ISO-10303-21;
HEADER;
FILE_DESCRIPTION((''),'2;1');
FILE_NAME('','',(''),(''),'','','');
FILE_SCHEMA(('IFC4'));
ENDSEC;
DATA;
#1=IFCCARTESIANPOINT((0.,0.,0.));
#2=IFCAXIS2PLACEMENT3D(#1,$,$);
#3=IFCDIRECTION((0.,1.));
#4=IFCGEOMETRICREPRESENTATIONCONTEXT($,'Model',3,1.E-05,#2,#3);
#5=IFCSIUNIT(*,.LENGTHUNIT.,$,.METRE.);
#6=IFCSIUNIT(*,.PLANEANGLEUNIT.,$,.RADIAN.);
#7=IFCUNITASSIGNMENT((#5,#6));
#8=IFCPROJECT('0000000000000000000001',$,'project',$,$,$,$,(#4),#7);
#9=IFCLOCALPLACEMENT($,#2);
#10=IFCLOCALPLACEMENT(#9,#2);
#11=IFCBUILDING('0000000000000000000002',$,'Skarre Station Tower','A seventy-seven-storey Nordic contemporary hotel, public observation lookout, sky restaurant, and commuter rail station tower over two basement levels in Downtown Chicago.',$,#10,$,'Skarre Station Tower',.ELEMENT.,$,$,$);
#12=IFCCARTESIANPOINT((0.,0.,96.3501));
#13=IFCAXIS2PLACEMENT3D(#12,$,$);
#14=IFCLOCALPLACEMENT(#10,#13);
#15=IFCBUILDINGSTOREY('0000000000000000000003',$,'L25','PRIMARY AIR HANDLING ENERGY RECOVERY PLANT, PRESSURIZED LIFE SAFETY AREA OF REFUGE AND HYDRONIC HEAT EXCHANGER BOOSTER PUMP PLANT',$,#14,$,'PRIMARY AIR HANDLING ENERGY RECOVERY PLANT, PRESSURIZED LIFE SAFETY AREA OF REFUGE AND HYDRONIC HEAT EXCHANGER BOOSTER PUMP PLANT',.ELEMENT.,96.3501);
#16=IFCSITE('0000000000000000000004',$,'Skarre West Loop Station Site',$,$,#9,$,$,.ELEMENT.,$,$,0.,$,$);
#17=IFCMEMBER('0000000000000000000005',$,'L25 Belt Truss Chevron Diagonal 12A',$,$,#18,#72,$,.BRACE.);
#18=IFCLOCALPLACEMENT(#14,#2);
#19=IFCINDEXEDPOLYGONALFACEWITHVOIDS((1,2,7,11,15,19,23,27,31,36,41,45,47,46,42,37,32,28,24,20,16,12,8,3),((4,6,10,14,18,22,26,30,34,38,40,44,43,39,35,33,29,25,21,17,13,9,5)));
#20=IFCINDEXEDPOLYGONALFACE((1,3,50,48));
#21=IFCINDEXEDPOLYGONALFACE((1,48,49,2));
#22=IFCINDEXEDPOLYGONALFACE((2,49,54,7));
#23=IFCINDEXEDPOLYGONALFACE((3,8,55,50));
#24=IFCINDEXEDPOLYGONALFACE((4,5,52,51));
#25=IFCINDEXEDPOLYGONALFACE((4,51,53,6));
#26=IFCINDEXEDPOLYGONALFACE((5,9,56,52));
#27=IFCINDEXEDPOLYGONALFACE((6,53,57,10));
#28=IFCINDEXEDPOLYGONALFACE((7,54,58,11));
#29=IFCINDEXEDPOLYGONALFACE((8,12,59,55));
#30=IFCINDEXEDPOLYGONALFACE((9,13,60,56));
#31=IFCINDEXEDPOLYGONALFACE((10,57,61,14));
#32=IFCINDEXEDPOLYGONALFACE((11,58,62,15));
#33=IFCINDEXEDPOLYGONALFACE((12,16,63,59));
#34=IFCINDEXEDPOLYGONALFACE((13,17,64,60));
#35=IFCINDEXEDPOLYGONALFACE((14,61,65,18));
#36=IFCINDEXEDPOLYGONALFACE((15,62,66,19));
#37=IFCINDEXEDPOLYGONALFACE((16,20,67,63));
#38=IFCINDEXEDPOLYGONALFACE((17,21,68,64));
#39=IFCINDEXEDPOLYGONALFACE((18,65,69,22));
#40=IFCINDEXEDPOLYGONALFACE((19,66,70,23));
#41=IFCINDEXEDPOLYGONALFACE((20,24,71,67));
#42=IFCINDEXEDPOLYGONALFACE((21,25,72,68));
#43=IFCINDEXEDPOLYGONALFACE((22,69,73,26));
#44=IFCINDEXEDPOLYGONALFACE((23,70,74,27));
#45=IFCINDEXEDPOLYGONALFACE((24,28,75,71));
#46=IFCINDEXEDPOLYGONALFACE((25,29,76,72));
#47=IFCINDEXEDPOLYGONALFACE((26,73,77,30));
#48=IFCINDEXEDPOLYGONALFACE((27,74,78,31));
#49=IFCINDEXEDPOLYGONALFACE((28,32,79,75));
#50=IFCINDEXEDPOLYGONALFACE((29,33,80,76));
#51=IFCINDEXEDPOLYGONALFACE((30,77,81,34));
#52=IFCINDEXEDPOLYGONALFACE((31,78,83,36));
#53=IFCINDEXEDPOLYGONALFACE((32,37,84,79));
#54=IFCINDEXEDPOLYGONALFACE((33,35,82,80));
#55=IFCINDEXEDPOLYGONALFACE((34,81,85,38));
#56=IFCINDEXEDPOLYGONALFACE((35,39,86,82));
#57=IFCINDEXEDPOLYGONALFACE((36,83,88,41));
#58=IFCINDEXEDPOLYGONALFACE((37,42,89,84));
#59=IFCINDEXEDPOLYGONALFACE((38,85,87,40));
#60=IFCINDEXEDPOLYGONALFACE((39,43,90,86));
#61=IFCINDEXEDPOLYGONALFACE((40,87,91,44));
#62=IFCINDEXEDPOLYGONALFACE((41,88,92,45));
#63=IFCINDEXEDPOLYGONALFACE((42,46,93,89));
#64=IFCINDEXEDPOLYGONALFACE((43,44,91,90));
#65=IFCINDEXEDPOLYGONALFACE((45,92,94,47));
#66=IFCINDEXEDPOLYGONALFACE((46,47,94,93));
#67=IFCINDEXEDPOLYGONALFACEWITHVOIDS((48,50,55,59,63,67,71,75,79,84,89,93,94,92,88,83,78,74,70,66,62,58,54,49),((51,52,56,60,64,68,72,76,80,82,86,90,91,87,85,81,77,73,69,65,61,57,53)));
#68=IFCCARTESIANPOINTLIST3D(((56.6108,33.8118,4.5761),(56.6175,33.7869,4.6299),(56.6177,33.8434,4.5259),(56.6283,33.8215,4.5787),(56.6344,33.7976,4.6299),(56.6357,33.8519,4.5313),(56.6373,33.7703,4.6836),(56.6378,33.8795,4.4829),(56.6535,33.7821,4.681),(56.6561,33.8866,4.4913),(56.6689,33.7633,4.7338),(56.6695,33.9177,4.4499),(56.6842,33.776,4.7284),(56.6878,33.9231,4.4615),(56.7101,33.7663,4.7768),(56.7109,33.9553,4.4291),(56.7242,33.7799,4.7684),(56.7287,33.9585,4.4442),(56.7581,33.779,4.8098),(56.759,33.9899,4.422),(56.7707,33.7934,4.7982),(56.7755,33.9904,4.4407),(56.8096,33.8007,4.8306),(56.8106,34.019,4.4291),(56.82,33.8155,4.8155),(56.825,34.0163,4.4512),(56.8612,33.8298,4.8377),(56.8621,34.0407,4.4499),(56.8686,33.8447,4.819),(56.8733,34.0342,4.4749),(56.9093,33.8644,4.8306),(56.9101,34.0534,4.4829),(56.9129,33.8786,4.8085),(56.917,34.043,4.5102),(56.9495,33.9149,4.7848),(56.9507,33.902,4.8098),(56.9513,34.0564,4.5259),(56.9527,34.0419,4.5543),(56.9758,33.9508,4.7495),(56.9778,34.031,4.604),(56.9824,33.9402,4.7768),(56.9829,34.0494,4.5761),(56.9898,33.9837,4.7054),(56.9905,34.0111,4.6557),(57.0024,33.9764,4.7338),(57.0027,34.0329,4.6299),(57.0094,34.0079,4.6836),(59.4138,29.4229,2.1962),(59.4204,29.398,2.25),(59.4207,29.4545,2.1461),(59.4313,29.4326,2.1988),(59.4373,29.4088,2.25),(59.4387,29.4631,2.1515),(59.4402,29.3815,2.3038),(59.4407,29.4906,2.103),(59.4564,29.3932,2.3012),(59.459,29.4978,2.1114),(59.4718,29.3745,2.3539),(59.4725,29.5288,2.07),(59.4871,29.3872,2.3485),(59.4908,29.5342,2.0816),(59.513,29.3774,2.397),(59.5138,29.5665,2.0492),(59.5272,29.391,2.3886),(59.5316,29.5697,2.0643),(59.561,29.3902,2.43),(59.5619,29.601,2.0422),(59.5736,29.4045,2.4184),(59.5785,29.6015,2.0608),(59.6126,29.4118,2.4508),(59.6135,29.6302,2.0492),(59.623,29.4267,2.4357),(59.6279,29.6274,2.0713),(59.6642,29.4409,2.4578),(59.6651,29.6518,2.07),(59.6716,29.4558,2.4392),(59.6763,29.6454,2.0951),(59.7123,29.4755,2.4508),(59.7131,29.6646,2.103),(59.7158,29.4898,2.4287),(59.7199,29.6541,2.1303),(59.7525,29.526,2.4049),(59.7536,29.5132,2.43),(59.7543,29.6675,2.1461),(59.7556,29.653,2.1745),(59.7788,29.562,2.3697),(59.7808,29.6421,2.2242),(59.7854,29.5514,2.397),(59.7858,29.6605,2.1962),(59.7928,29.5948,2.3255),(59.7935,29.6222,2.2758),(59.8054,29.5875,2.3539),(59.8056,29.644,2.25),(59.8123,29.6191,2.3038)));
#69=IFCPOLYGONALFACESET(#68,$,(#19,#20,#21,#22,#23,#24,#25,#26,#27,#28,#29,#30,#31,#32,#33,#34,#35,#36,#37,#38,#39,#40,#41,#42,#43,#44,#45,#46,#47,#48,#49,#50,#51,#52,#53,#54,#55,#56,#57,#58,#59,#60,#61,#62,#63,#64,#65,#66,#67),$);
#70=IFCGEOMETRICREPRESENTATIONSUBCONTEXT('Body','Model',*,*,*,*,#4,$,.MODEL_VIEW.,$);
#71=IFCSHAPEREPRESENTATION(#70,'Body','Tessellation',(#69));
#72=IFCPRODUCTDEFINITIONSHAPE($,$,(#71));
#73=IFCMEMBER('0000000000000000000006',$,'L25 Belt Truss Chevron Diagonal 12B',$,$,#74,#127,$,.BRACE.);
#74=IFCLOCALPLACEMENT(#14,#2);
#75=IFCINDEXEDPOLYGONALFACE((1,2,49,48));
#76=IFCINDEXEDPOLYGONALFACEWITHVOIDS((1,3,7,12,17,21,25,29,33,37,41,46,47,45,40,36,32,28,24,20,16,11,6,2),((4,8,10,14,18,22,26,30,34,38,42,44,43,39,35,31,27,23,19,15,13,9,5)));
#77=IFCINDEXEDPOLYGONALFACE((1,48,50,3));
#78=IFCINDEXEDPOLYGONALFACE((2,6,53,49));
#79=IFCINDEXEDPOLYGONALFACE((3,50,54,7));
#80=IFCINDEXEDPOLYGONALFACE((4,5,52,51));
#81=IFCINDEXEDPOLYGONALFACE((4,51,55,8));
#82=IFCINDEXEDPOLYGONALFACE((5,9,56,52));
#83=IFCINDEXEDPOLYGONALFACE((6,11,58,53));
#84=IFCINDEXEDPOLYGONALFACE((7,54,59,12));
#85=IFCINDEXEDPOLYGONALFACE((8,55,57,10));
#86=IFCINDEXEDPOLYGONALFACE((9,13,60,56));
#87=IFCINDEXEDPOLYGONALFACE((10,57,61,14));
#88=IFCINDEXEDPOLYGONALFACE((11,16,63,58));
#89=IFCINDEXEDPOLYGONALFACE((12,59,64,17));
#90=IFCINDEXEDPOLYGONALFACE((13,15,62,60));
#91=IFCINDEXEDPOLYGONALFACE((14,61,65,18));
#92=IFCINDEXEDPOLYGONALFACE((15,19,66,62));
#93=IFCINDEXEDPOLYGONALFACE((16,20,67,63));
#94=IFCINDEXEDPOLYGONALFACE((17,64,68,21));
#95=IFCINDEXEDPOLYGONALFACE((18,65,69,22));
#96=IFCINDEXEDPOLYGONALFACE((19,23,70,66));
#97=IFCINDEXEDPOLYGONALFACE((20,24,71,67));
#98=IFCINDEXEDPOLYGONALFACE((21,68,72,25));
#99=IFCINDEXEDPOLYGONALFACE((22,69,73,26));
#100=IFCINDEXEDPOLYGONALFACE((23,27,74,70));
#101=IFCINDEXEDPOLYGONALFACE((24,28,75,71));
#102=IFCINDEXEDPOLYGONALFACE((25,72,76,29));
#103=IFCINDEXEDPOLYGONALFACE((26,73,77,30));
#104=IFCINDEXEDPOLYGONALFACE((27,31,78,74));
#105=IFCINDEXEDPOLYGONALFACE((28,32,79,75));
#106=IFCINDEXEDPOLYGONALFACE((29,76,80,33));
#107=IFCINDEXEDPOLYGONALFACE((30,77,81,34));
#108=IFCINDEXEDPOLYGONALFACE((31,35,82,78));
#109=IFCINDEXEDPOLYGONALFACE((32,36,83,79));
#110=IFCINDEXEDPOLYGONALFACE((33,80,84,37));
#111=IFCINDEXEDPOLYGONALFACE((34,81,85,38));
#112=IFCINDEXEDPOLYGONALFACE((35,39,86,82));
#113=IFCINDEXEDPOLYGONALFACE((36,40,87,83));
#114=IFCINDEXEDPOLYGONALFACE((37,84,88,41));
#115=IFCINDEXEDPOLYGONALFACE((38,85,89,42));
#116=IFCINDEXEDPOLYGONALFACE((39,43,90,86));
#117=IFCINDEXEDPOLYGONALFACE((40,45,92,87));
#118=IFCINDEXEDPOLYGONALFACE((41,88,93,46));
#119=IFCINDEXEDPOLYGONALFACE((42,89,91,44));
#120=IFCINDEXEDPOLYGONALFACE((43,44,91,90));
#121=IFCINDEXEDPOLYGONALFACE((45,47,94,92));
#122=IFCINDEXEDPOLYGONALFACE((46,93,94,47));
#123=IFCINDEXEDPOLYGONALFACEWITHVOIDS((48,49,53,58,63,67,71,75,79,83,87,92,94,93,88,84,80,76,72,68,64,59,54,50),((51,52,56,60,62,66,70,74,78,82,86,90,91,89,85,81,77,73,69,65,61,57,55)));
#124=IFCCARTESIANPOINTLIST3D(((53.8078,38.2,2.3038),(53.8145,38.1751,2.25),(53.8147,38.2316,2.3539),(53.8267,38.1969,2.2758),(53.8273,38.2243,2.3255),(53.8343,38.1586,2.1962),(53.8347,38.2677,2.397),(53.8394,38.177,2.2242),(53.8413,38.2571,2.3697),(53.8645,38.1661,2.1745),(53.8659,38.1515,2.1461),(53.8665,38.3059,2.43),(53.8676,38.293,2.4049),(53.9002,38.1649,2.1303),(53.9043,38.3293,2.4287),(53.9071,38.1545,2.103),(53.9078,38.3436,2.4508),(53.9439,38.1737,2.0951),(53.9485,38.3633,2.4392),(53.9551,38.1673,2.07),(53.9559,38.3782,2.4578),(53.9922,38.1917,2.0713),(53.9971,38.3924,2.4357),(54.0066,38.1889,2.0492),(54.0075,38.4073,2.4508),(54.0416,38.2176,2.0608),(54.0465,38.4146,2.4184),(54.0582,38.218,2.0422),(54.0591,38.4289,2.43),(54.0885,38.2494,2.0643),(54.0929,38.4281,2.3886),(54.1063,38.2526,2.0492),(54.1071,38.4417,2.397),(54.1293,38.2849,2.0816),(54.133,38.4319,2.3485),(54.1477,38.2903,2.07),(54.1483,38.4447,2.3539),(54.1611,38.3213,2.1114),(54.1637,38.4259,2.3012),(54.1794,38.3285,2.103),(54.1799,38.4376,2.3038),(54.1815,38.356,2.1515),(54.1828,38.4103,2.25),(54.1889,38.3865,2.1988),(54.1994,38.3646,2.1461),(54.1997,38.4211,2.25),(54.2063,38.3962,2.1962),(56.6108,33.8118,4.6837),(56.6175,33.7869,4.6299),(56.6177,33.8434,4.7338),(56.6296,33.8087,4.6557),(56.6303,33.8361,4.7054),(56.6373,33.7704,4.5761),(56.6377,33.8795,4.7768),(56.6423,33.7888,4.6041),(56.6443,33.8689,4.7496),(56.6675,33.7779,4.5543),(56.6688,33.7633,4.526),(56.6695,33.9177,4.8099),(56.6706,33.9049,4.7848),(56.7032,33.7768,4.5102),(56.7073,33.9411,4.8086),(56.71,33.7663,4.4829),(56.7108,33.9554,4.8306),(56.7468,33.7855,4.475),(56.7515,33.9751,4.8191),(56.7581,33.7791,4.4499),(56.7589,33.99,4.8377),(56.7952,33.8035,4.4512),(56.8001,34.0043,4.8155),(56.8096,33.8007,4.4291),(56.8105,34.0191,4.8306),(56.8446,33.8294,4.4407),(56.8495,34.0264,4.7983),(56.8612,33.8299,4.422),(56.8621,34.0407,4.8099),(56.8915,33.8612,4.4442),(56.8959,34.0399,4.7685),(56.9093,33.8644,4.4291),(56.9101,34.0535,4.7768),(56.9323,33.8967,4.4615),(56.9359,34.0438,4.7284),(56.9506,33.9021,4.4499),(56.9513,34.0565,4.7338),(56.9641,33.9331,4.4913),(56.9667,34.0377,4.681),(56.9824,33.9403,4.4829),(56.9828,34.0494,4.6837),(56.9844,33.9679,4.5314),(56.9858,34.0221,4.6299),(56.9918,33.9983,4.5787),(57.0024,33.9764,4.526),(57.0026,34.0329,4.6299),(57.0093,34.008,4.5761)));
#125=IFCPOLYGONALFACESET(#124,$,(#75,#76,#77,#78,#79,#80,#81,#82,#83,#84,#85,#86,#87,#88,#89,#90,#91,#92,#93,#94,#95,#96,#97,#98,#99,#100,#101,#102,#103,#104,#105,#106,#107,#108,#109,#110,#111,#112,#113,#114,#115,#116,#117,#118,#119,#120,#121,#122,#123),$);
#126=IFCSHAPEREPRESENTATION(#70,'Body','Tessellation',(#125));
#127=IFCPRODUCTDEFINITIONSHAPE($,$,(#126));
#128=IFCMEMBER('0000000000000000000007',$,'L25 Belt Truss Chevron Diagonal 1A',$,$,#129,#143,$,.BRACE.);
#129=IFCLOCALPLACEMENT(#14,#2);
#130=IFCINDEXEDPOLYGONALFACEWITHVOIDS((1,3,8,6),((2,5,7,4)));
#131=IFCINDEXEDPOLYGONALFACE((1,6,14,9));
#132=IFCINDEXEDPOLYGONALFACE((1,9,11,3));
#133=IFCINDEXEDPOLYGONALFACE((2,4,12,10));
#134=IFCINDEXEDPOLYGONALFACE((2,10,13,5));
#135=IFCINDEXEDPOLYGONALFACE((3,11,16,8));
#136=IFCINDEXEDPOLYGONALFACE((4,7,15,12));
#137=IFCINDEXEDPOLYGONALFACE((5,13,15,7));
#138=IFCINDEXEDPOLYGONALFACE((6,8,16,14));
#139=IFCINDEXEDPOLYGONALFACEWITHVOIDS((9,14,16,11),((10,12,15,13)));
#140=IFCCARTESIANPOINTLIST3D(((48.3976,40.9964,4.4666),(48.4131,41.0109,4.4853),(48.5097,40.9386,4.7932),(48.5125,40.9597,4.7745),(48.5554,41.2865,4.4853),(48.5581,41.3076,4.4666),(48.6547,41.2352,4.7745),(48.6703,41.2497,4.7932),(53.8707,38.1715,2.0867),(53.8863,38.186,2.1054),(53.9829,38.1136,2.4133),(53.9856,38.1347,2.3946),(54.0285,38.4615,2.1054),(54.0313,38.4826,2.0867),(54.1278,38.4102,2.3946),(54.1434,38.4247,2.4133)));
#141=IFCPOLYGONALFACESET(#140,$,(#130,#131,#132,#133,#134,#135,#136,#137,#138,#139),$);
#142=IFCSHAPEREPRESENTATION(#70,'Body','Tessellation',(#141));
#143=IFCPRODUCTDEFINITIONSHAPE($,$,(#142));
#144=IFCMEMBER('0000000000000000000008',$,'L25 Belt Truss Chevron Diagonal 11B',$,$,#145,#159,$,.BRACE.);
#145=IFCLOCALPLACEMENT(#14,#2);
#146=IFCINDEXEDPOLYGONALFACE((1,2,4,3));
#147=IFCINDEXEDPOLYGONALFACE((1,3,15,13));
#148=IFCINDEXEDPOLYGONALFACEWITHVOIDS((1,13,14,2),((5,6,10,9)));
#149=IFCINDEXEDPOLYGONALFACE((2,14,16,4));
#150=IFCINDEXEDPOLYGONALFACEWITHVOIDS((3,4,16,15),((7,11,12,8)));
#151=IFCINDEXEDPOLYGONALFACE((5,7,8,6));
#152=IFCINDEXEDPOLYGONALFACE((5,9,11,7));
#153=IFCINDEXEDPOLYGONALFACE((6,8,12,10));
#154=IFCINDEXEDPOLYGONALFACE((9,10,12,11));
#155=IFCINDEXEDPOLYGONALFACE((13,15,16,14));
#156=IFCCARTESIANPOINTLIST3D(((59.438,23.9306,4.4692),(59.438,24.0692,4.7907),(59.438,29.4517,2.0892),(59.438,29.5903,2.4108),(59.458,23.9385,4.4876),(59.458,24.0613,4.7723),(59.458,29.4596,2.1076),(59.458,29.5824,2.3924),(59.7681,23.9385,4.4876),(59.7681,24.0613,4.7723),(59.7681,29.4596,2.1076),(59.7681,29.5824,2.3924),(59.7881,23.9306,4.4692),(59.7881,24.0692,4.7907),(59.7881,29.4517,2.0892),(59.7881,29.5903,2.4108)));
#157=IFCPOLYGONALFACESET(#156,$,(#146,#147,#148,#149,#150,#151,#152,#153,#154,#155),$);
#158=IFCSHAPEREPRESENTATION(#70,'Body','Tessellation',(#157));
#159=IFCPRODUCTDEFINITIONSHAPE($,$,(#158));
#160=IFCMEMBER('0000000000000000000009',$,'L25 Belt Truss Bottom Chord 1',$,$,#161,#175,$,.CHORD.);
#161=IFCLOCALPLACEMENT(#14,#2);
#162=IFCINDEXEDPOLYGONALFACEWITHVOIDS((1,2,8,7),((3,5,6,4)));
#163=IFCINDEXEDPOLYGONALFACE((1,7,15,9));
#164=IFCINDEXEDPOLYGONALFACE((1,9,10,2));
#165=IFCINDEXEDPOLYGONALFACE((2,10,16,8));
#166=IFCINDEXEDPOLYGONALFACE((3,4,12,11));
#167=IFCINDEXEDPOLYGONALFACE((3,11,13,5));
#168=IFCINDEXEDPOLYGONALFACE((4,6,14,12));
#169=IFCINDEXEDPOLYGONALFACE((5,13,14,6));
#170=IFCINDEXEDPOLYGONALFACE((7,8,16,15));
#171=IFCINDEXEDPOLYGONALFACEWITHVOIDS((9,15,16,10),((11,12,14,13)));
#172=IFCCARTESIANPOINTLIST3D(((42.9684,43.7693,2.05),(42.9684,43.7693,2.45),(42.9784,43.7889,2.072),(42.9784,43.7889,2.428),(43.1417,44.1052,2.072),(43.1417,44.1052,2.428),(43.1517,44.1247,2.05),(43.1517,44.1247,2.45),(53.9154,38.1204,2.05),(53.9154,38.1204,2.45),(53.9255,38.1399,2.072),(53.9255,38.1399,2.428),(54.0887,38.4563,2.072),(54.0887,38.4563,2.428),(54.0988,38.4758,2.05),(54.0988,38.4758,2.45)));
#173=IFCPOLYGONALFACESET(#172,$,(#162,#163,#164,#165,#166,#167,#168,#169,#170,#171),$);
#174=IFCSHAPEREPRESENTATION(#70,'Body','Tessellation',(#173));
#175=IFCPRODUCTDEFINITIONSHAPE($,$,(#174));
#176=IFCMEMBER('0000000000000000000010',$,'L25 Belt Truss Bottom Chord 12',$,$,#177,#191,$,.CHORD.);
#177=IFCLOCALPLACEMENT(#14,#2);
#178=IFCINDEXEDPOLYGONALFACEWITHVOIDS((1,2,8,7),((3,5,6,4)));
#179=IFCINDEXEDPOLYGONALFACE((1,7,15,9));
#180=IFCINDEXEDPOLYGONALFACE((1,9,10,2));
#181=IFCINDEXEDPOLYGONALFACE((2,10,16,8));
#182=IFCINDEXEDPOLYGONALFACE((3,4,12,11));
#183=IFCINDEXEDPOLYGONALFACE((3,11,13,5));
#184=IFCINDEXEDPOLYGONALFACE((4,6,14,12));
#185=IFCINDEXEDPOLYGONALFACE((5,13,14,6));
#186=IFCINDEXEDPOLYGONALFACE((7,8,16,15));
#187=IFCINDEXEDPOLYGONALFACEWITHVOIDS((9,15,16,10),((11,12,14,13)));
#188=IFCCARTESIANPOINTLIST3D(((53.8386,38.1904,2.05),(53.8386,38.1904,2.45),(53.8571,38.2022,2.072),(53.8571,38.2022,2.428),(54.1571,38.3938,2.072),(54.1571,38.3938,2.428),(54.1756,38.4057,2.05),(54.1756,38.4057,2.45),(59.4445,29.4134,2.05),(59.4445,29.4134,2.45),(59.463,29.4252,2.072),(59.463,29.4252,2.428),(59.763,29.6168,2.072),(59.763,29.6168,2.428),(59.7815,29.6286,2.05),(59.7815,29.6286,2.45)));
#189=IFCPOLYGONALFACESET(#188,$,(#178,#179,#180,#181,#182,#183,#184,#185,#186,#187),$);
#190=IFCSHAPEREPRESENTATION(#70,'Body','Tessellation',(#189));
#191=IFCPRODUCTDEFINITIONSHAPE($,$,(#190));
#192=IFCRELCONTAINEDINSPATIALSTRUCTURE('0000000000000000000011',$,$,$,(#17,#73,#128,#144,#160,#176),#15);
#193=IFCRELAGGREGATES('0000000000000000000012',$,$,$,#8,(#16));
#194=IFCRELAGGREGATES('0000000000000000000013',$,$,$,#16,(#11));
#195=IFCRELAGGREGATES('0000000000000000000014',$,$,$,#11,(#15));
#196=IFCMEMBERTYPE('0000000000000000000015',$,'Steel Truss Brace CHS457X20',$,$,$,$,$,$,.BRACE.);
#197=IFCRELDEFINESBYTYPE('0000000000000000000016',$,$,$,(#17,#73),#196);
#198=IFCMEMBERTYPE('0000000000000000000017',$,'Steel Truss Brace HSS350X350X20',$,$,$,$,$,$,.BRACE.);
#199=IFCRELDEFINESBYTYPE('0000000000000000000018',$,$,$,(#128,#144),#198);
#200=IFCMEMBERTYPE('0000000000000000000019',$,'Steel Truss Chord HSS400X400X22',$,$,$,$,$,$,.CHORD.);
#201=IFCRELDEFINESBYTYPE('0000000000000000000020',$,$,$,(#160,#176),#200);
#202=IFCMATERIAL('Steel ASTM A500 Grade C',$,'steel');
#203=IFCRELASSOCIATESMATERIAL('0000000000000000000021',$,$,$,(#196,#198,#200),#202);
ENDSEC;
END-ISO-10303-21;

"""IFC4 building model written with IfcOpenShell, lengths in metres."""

from ifc_helpers import new_model, si_unit, direction, frame, origin, origin_2d, place, context, subcontext, project, spatial, hollow_rectangle, hollow_circle, extrude, material, material_profile, profile_set, type_object, element, save


model = new_model("IFC4")

# Units and contexts
model_context = context("Model", 3, precision=1e-05, world=origin(), true_north=direction((0.0, 1.0)))
body_context = subcontext(model_context, "Body", "Model", "MODEL_VIEW")
ifc_project = project(units=[si_unit("LENGTHUNIT", "METRE"), si_unit("PLANEANGLEUNIT", "RADIAN")], contexts=[model_context])

# Site, building, storey
site_placement = place(None, origin())
site = spatial("IfcSite", under=ifc_project, at=site_placement, Name="Skarre West Loop Station Site", CompositionType="ELEMENT", RefElevation=0.0)
building_placement = place(site_placement, origin())
building = spatial("IfcBuilding", under=site, at=building_placement, Name="Skarre Station Tower", Description="A seventy-seven-storey Nordic contemporary hotel, public observation lookout, sky restaurant, and commuter rail station tower over two basement levels in Downtown Chicago.", LongName="Skarre Station Tower", CompositionType="ELEMENT")
storey_placement = place(building_placement, frame((0.0, 0.0, 96.3501)))
storey = spatial("IfcBuildingStorey", under=building, at=storey_placement, Name="L25", Description="PRIMARY AIR HANDLING ENERGY RECOVERY PLANT, PRESSURIZED LIFE SAFETY AREA OF REFUGE AND HYDRONIC HEAT EXCHANGER BOOSTER PUMP PLANT", LongName="PRIMARY AIR HANDLING ENERGY RECOVERY PLANT, PRESSURIZED LIFE SAFETY AREA OF REFUGE AND HYDRONIC HEAT EXCHANGER BOOSTER PUMP PLANT", CompositionType="ELEMENT", Elevation=96.3501)

# Members
ifc_material_1 = material(Name="Steel ASTM A500 Grade C", Category="steel")
ifc_material_profile_1 = material_profile(ifc_material_1, hollow_circle(Radius=0.2285, WallThickness=0.02, at=origin_2d()), Name="Steel ASTM A500 Grade C")
ifc_profile_set_1 = profile_set([ifc_material_profile_1], Name="Steel ASTM A500 Grade C")
member_type_1 = type_object("IfcMemberType", Name="Steel Truss Brace CHS457X20", PredefinedType="BRACE", material=ifc_profile_set_1)
member_1_placement = place(storey_placement, frame((59.613, 29.521, 2.25), z_axis=(-0.489547, 0.766535, 0.415653), x_axis=(-0.842788, -0.538246, 0.0)))
element("IfcMember", 1, at=member_1_placement, inside=storey, type_object=member_type_1, Name="L25 Belt Truss Chevron Diagonal 12A", PredefinedType="BRACE", context=body_context, shape_type="SweptSolid", body=[
    extrude(hollow_circle(Radius=0.2285, WallThickness=0.02, at=origin_2d()), origin(), (0.0, 0.0, 1.0), 5.7256),
])
member_2_placement = place(storey_placement, frame((54.0071, 38.2981, 2.25), z_axis=(0.489595, -0.766483, 0.415693), x_axis=(0.842747, 0.53831, 0.0)))
element("IfcMember", 2, at=member_2_placement, inside=storey, type_object=member_type_1, Name="L25 Belt Truss Chevron Diagonal 12B", PredefinedType="BRACE", context=body_context, shape_type="SweptSolid", body=[
    extrude(hollow_circle(Radius=0.2285, WallThickness=0.02, at=origin_2d()), origin(), (0.0, 0.0, 1.0), 5.7251),
])
ifc_material_profile_2 = material_profile(ifc_material_1, hollow_rectangle(XDim=0.3501, YDim=0.3501, WallThickness=0.02, at=origin_2d()), Name="Steel ASTM A500 Grade C")
ifc_profile_set_2 = profile_set([ifc_material_profile_2], Name="Steel ASTM A500 Grade C")
member_type_2 = type_object("IfcMemberType", Name="Steel Truss Brace HSS350X350X20", PredefinedType="BRACE", material=ifc_profile_set_2)
member_3_placement = place(storey_placement, frame((54.0071, 38.2981, 2.25), z_axis=(-0.828889, 0.427829, 0.360425), x_axis=(-0.458656, -0.888614, 0.0)))
element("IfcMember", 3, at=member_3_placement, inside=storey, type_object=member_type_2, Name="L25 Belt Truss Chevron Diagonal 1A", PredefinedType="BRACE", context=body_context, shape_type="SweptSolid", body=[
    extrude(hollow_rectangle(XDim=0.3501, YDim=0.3501, WallThickness=0.02, at=origin_2d()), origin(), (0.0, 0.0, 1.0), 6.603),
])
member_4_placement = place(storey_placement, frame((59.613, 29.521, 2.25), z_axis=(0.0, -0.918315, 0.395849), x_axis=(1.0, 0.0, 0.0)))
element("IfcMember", 4, at=member_4_placement, inside=storey, type_object=member_type_2, Name="L25 Belt Truss Chevron Diagonal 11B", PredefinedType="BRACE", context=body_context, shape_type="SweptSolid", body=[
    extrude(hollow_rectangle(XDim=0.3501, YDim=0.3501, WallThickness=0.02, at=origin_2d()), origin(), (0.0, 0.0, 1.0), 6.0122),
])
ifc_material_profile_3 = material_profile(ifc_material_1, hollow_rectangle(XDim=0.3999, YDim=0.3999, WallThickness=0.022, at=origin_2d()), Name="Steel ASTM A500 Grade C")
ifc_profile_set_3 = profile_set([ifc_material_profile_3], Name="Steel ASTM A500 Grade C")
member_type_3 = type_object("IfcMemberType", Name="Steel Truss Chord HSS400X400X22", PredefinedType="CHORD", material=ifc_profile_set_3)
member_5_placement = place(storey_placement, frame((54.0071, 38.2981, 2.25), z_axis=(-0.888659, 0.458569, 0.0), x_axis=(-0.458569, -0.888659, 0.0)))
element("IfcMember", 5, at=member_5_placement, inside=storey, type_object=member_type_3, Name="L25 Belt Truss Bottom Chord 1", PredefinedType="CHORD", context=body_context, shape_type="SweptSolid", body=[
    extrude(hollow_rectangle(XDim=0.3999, YDim=0.3999, WallThickness=0.022, at=origin_2d()), origin(), (0.0, 0.0, 1.0), 12.3186),
])
member_6_placement = place(storey_placement, frame((59.613, 29.521, 2.25), z_axis=(-0.538278, 0.842767, 0.0), x_axis=(-0.842767, -0.538278, 0.0)))
element("IfcMember", 6, at=member_6_placement, inside=storey, type_object=member_type_3, Name="L25 Belt Truss Bottom Chord 12", PredefinedType="CHORD", context=body_context, shape_type="SweptSolid", body=[
    extrude(hollow_rectangle(XDim=0.3999, YDim=0.3999, WallThickness=0.022, at=origin_2d()), origin(), (0.0, 0.0, 1.0), 10.4146),
])

save(model, "model.ifc")
